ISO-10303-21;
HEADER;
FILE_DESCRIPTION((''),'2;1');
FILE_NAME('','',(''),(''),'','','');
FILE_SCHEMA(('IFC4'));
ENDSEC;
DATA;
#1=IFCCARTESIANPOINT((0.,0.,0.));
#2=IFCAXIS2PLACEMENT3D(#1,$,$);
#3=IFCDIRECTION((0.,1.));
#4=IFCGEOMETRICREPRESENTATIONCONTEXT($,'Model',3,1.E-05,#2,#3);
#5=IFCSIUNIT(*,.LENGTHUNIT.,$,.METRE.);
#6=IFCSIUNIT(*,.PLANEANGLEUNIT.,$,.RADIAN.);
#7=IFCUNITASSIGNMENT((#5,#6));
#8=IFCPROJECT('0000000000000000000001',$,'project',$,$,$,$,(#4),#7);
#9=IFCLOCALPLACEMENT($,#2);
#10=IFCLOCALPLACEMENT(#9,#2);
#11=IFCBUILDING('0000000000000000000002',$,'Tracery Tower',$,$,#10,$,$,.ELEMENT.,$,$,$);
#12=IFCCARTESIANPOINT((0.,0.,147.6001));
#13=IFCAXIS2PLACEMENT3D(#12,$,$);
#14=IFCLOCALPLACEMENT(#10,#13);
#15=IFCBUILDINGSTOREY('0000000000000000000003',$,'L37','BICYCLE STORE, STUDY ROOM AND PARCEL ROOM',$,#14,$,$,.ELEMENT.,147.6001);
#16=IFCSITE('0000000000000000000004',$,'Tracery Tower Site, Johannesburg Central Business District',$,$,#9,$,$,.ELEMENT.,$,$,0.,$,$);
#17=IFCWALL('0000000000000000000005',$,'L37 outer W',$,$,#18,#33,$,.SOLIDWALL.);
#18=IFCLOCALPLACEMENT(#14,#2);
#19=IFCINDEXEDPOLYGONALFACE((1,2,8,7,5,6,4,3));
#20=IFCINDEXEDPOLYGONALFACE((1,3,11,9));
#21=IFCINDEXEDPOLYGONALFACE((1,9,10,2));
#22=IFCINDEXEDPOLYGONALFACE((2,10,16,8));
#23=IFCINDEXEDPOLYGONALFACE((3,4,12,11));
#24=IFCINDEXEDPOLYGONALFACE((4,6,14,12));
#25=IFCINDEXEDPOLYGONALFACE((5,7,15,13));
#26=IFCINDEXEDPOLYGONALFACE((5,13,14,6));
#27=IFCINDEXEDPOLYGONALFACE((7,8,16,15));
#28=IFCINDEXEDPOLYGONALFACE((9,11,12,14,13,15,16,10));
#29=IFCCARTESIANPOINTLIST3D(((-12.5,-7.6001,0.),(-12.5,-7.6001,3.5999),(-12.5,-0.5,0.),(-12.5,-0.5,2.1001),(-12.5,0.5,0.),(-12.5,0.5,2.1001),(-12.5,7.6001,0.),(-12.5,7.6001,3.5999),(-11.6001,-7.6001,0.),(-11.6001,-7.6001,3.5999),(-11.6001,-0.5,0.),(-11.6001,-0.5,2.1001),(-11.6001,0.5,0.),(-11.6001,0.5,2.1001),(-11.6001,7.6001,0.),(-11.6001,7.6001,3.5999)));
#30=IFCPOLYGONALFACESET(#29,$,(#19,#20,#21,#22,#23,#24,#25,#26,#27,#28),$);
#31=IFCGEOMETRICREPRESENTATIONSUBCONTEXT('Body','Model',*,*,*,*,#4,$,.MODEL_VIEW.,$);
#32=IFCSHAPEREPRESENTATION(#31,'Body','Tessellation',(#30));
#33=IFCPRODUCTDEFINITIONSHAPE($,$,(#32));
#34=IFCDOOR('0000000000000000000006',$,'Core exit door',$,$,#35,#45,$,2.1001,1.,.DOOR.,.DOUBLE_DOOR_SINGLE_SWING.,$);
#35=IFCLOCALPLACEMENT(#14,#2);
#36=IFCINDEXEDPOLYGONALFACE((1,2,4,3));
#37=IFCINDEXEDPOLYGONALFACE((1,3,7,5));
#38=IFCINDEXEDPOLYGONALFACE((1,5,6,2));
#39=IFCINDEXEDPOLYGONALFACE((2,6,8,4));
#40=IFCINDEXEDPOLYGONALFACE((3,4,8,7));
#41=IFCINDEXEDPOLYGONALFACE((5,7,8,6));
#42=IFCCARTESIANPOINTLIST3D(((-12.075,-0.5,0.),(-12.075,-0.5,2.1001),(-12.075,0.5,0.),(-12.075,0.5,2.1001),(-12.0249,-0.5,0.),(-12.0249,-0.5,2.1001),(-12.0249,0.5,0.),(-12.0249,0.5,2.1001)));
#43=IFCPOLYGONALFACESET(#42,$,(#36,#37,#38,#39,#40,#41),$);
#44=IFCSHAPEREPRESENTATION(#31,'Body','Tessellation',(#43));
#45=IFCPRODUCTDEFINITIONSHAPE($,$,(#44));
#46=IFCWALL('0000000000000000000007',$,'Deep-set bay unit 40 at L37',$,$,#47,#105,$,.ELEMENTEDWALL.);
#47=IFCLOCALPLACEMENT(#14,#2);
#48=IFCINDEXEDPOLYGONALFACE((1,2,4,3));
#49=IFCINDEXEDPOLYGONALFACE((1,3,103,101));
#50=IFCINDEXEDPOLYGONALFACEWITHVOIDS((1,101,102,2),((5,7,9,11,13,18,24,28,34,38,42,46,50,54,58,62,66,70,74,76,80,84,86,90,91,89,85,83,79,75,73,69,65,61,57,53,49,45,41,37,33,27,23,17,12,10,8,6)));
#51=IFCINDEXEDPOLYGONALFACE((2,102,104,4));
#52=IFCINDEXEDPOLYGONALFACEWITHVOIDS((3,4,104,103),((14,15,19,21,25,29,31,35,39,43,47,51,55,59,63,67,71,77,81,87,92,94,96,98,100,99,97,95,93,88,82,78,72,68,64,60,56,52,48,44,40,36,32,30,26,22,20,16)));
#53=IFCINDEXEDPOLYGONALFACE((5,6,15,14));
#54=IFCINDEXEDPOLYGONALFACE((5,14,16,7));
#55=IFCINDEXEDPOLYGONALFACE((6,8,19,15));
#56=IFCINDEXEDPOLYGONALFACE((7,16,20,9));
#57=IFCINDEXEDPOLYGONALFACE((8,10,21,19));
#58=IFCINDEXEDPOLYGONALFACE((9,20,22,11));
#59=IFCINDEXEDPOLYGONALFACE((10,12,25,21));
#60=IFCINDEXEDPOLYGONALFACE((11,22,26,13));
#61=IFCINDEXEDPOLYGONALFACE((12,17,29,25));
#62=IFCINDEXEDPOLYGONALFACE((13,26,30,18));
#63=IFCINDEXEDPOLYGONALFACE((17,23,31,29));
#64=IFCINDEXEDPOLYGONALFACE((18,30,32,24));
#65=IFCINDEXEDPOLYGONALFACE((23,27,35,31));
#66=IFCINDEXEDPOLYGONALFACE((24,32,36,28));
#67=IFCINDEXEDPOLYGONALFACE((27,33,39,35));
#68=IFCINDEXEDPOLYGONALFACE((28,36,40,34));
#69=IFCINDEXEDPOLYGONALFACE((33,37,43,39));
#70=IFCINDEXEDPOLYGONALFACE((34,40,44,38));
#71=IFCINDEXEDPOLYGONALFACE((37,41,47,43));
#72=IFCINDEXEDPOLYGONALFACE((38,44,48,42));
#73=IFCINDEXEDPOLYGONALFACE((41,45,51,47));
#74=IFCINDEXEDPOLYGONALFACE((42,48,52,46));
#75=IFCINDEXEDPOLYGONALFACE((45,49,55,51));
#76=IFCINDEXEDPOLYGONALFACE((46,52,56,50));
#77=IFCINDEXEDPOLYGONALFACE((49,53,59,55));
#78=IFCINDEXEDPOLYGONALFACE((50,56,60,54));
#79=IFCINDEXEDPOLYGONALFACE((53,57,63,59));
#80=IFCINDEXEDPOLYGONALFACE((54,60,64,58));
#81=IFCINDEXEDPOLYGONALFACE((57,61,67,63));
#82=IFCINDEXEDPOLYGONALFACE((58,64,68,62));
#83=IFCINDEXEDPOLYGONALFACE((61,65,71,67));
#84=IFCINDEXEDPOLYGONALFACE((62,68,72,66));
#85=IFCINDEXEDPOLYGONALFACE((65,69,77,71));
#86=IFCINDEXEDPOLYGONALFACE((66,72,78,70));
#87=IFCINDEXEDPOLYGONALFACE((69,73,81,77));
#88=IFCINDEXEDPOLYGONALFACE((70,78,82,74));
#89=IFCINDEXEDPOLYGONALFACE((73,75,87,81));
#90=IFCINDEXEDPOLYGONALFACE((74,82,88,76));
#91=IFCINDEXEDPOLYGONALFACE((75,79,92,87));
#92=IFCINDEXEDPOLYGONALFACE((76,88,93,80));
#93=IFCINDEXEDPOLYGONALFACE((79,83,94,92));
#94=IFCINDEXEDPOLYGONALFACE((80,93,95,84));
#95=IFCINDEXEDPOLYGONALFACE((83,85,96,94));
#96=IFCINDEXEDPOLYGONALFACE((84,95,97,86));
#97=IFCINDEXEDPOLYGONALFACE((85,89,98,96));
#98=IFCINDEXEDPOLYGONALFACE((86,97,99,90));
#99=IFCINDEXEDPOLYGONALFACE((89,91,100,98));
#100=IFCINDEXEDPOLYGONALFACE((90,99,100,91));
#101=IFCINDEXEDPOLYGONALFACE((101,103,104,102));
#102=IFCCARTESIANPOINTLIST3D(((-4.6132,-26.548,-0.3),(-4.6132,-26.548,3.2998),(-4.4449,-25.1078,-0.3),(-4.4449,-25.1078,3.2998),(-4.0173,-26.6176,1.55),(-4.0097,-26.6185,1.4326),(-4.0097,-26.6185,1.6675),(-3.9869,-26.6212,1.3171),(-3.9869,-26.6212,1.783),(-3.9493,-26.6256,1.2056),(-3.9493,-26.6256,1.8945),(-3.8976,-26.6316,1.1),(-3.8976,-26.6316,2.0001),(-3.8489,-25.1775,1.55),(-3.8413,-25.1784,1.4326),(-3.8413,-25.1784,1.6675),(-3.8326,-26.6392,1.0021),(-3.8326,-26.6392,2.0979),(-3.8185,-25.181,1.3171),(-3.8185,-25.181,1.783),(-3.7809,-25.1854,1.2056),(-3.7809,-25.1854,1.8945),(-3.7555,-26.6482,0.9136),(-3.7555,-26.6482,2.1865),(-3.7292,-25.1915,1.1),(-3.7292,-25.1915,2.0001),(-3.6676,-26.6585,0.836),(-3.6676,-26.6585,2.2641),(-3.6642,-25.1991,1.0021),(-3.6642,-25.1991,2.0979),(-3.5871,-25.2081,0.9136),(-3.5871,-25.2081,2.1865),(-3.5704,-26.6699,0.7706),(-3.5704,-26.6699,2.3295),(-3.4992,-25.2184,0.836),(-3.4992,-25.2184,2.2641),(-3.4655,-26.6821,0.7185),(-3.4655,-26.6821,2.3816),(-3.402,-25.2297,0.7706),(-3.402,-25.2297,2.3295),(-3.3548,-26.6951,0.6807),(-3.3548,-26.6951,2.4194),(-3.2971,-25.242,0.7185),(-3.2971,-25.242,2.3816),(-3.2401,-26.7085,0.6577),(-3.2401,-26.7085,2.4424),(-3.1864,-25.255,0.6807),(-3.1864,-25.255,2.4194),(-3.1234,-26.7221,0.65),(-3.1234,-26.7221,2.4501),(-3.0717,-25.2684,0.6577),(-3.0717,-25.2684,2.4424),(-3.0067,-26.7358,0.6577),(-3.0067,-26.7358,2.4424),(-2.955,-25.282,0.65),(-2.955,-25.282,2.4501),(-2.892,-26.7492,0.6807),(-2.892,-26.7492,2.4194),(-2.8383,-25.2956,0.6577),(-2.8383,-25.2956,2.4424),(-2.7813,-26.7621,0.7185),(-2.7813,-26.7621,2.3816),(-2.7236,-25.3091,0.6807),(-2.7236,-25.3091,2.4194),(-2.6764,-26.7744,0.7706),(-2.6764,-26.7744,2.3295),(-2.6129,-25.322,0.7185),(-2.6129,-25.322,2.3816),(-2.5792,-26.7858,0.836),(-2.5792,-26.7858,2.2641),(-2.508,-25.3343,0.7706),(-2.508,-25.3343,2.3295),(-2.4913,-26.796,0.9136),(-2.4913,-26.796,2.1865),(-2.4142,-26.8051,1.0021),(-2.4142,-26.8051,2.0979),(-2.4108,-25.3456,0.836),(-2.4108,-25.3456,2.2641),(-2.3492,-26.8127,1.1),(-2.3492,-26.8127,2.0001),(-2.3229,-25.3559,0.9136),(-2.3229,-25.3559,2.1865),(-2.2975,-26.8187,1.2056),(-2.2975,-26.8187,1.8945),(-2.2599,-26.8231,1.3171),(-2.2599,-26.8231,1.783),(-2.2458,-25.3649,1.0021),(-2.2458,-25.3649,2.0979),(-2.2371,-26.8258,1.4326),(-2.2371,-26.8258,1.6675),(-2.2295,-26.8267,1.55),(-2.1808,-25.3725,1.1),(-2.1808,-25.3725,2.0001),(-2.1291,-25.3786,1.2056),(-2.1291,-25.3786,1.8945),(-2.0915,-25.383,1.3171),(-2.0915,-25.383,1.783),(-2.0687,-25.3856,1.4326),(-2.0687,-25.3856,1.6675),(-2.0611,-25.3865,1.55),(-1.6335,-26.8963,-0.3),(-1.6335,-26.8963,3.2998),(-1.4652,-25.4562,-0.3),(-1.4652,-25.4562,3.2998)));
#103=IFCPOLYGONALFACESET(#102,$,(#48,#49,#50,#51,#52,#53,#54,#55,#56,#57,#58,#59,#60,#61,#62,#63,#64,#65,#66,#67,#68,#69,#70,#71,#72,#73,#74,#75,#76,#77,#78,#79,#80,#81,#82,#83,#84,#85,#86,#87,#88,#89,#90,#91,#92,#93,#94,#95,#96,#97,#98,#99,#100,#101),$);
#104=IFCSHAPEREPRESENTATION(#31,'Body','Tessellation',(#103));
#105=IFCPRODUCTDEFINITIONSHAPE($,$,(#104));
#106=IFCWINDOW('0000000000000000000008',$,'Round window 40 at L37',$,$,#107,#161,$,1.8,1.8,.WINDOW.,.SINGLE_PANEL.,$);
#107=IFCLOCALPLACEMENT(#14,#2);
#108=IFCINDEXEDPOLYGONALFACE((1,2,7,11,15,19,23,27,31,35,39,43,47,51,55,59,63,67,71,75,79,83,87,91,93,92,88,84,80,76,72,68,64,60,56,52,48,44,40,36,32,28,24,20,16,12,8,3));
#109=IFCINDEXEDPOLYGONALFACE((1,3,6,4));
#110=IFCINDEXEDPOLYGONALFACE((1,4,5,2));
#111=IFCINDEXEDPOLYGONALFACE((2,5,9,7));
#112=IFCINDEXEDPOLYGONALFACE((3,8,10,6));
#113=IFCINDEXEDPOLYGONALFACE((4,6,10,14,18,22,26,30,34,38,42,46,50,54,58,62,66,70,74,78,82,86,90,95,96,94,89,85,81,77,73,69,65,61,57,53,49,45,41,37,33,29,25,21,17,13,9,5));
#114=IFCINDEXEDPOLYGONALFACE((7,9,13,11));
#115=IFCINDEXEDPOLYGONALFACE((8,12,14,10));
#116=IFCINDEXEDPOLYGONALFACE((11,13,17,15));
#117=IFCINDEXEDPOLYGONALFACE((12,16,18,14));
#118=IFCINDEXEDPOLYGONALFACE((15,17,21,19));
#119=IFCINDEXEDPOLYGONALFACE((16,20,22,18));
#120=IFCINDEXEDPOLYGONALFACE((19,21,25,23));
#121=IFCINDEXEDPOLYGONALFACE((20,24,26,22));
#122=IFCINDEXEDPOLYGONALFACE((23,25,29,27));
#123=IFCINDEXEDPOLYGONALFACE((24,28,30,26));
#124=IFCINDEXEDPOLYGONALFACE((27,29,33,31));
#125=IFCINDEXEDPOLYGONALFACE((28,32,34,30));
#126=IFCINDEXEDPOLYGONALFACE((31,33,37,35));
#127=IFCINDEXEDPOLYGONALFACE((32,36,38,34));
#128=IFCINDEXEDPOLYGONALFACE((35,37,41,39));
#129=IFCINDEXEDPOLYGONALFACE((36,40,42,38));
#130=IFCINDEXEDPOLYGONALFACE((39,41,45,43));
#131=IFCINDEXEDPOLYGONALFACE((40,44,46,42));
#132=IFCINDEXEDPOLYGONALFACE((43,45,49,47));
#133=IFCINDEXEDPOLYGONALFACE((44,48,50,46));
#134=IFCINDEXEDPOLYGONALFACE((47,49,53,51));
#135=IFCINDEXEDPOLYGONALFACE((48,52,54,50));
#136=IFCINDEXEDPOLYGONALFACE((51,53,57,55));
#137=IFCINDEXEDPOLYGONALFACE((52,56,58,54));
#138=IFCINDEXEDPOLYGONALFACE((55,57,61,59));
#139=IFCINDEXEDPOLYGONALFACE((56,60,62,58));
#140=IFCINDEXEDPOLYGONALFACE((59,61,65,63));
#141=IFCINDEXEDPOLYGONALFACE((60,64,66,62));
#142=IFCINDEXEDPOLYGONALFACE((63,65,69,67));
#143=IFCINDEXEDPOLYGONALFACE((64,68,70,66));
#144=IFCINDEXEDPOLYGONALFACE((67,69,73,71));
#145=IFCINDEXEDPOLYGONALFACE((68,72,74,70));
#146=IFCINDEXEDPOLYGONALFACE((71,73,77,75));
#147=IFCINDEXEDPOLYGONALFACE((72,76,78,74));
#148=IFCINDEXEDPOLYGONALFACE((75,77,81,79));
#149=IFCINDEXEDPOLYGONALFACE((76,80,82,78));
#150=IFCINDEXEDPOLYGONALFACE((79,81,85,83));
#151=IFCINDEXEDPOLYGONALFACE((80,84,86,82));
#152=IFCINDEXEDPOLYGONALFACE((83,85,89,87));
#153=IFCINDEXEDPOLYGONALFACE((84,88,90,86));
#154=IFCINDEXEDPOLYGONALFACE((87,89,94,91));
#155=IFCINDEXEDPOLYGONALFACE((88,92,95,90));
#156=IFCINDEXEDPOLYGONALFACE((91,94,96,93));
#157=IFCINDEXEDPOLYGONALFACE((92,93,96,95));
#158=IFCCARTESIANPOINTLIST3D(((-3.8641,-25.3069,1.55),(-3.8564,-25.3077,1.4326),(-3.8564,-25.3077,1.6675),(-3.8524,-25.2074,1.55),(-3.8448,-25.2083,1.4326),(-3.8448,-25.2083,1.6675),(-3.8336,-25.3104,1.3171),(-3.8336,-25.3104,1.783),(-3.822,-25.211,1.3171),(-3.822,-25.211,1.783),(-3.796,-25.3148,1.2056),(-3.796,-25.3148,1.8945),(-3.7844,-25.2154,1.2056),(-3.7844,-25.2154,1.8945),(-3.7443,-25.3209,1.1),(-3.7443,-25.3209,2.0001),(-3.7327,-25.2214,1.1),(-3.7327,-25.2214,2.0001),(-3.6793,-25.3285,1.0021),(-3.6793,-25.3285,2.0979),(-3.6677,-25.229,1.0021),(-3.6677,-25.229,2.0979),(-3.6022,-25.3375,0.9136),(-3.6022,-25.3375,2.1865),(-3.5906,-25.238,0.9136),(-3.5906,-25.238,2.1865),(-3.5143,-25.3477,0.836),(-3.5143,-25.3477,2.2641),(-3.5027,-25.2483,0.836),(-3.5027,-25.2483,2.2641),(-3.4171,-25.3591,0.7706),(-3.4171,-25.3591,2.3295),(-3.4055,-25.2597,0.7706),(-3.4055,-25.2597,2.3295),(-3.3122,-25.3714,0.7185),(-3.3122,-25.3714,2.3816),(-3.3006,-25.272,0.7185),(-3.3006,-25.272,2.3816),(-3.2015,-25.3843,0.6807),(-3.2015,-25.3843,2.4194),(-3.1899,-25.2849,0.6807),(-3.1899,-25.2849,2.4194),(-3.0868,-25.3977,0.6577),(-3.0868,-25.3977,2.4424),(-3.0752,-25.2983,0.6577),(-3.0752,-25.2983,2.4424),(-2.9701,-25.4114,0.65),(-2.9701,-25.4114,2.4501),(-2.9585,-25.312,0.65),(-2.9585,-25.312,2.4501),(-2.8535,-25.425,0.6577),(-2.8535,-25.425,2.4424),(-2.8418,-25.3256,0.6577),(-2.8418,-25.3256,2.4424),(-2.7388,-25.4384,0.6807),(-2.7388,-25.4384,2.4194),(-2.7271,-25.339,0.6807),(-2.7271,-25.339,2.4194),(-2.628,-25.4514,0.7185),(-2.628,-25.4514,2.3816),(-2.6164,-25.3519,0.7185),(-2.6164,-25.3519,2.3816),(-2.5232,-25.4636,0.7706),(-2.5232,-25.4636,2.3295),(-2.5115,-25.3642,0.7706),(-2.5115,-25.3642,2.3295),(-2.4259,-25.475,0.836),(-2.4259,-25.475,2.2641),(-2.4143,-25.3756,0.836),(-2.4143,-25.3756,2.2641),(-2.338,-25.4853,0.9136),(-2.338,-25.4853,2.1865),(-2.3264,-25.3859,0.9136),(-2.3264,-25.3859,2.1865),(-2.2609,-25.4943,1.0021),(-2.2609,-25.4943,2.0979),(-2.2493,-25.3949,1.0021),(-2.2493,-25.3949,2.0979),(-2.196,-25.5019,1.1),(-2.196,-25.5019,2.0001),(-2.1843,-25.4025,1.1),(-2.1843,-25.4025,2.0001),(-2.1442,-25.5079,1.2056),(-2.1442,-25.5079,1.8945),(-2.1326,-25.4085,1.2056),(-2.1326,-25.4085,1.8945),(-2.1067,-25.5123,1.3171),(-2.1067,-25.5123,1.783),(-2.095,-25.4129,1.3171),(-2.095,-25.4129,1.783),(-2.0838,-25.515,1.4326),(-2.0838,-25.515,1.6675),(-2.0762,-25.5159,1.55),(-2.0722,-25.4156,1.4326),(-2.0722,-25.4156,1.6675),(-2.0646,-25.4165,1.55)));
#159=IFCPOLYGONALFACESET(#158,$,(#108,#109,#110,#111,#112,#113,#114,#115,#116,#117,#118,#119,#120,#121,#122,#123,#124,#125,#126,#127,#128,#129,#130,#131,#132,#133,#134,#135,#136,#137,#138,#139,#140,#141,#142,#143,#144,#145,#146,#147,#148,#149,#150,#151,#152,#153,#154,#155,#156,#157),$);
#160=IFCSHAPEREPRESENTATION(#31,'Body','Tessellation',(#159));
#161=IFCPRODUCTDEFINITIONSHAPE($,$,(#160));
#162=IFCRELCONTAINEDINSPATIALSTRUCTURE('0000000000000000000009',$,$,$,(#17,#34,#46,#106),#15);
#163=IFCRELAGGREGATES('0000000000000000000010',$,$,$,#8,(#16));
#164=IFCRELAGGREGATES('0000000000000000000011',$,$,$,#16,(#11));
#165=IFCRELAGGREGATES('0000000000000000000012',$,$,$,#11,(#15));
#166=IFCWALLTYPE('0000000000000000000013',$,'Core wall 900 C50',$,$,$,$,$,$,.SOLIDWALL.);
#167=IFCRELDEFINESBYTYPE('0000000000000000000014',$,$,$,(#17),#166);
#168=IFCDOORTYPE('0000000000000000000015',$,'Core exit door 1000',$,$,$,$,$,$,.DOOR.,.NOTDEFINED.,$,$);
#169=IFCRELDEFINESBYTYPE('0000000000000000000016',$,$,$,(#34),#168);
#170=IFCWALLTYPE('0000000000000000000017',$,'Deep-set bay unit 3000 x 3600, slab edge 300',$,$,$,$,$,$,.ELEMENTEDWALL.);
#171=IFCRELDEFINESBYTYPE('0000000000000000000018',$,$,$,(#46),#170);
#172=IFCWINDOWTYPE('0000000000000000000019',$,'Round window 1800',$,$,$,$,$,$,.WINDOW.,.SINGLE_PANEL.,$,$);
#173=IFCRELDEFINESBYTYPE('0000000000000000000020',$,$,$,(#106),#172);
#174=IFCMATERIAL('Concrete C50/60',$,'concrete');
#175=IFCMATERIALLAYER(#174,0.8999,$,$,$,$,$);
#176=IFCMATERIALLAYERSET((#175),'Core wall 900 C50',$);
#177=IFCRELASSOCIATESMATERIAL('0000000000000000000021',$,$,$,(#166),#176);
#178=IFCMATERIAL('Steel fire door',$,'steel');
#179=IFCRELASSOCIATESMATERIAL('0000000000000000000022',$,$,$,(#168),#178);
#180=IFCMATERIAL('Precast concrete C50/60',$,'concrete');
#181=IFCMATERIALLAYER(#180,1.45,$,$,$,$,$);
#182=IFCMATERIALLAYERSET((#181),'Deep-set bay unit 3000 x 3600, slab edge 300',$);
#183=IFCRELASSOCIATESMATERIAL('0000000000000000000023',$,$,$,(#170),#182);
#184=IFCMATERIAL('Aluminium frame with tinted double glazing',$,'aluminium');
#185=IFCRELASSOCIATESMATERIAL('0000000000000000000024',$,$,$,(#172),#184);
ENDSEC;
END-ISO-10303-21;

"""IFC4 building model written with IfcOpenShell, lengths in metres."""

from ifc_helpers import new_model, si_unit, direction, frame, frame_2d, origin, origin_2d, place, context, subcontext, project, spatial, rectangle, circle, extrude, material, layer, layer_set, type_object, element, fill, save


model = new_model("IFC4")

# Units and contexts
model_context = context("Model", 3, precision=1e-05, world=origin(), true_north=direction((0.0, 1.0)))
body_context = subcontext(model_context, "Body", "Model", "MODEL_VIEW")
ifc_project = project(units=[si_unit("LENGTHUNIT", "METRE"), si_unit("PLANEANGLEUNIT", "RADIAN")], contexts=[model_context])

# Site, building, storey
site_placement = place(None, origin())
site = spatial("IfcSite", under=ifc_project, at=site_placement, Name="Tracery Tower Site, Johannesburg Central Business District", CompositionType="ELEMENT", RefElevation=0.0)
building_placement = place(site_placement, origin())
building = spatial("IfcBuilding", under=site, at=building_placement, Name="Tracery Tower", CompositionType="ELEMENT")
storey_placement = place(building_placement, frame((0.0, 0.0, 147.6001)))
storey = spatial("IfcBuildingStorey", under=building, at=storey_placement, Name="L37", Description="BICYCLE STORE, STUDY ROOM AND PARCEL ROOM", CompositionType="ELEMENT", Elevation=147.6001)

# Wall, opening, door
ifc_material_1 = material(Name="Concrete C50/60", Category="concrete")
ifc_layer_1 = layer(ifc_material_1, 0.8999)
ifc_layer_set_1 = layer_set([ifc_layer_1], Name="Core wall 900 C50")
wall_type_1 = type_object("IfcWallType", Name="Core wall 900 C50", PredefinedType="SOLIDWALL", material=ifc_layer_set_1)
wall_1_placement = place(storey_placement, frame((-12.05, -7.6001, 0.0), z_axis=(0.0, 0.0, 1.0), x_axis=(0.0, 1.0, 0.0)))
wall_1 = element("IfcWall", 1, at=wall_1_placement, inside=storey, type_object=wall_type_1, Name="L37 outer W", PredefinedType="SOLIDWALL", context=body_context, shape_type="SweptSolid", body=[
    extrude(rectangle(XDim=15.2002, YDim=0.8999, at=frame_2d((7.6001, 0.0))), origin(), (0.0, 0.0, 1.0), 3.5999),
])
opening_1_placement = place(wall_1_placement, frame((7.1001, 0.0, 0.0)))
opening_1 = element("IfcOpeningElement", 2, at=opening_1_placement, cuts=wall_1, PredefinedType="OPENING", context=body_context, shape_type="SweptSolid", body=[
    extrude(rectangle(XDim=1.0, YDim=2.1001, at=frame_2d((0.5, 1.05))), frame((0.0, 0.45, 0.0), z_axis=(0.0, -1.0, 0.0), x_axis=(1.0, 0.0, 0.0)), (0.0, 0.0, 1.0), 0.8999),
])
ifc_material_2 = material(Name="Steel fire door", Category="steel")
door_type_1 = type_object("IfcDoorType", Name="Core exit door 1000", OperationType="NOTDEFINED", PredefinedType="DOOR", material=ifc_material_2)
door_1_placement = place(opening_1_placement, origin())
door_1 = element("IfcDoor", 3, at=door_1_placement, inside=storey, type_object=door_type_1, Name="Core exit door", OperationType="DOUBLE_DOOR_SINGLE_SWING", OverallHeight=2.1001, OverallWidth=1.0, PredefinedType="DOOR", context=body_context, shape_type="SweptSolid", body=[
    extrude(rectangle(XDim=1.0, YDim=2.1001, at=frame_2d((0.5, 1.05))), frame((0.0, 0.0249, 0.0), z_axis=(0.0, -1.0, 0.0), x_axis=(1.0, 0.0, 0.0)), (0.0, 0.0, 1.0), 0.05),
])
fill(opening_1, door_1)

# Wall, opening, window
ifc_material_3 = material(Name="Precast concrete C50/60", Category="concrete")
ifc_layer_2 = layer(ifc_material_3, 1.45)
ifc_layer_set_2 = layer_set([ifc_layer_2], Name="Deep-set bay unit 3000 x 3600, slab edge 300")
wall_type_2 = type_object("IfcWallType", Name="Deep-set bay unit 3000 x 3600, slab edge 300", PredefinedType="ELEMENTEDWALL", material=ifc_layer_set_2)
wall_2_placement = place(storey_placement, frame((-4.5291, -25.8279, -0.3), z_axis=(0.0, 0.0, 1.0), x_axis=(0.993234, -0.116128, 0.0)))
wall_2 = element("IfcWall", 4, at=wall_2_placement, inside=storey, type_object=wall_type_2, Name="Deep-set bay unit 40 at L37", PredefinedType="ELEMENTEDWALL", context=body_context, shape_type="SweptSolid", body=[
    extrude(rectangle(XDim=3.0, YDim=1.45, at=frame_2d((1.5, 0.0))), origin(), (0.0, 0.0, 1.0), 3.5999),
])
opening_2_placement = place(wall_2_placement, frame((1.5, 0.0, 1.8501)))
opening_2 = element("IfcOpeningElement", 5, at=opening_2_placement, cuts=wall_2, PredefinedType="OPENING", context=body_context, shape_type="SweptSolid", body=[
    extrude(circle(Radius=0.9, at=origin_2d()), frame((0.0, 0.7349, 0.0), z_axis=(0.0, -1.0, 0.0), x_axis=(1.0, 0.0, 0.0)), (0.0, 0.0, 1.0), 1.47),
])
ifc_material_4 = material(Name="Aluminium frame with tinted double glazing", Category="aluminium")
window_type = type_object("IfcWindowType", Name="Round window 1800", PartitioningType="SINGLE_PANEL", PredefinedType="WINDOW", material=ifc_material_4)
window_1_placement = place(opening_2_placement, origin())
window_1 = element("IfcWindow", 6, at=window_1_placement, inside=storey, type_object=window_type, Name="Round window 40 at L37", OverallHeight=1.8, OverallWidth=1.8, PartitioningType="SINGLE_PANEL", PredefinedType="WINDOW", context=body_context, shape_type="SweptSolid", body=[
    extrude(circle(Radius=0.9, at=origin_2d()), frame((0.0, 0.6948, 0.0), z_axis=(0.0, -1.0, 0.0), x_axis=(1.0, 0.0, 0.0)), (0.0, 0.0, 1.0), 0.1001),
])
fill(opening_2, window_1)

save(model, "model.ifc")
